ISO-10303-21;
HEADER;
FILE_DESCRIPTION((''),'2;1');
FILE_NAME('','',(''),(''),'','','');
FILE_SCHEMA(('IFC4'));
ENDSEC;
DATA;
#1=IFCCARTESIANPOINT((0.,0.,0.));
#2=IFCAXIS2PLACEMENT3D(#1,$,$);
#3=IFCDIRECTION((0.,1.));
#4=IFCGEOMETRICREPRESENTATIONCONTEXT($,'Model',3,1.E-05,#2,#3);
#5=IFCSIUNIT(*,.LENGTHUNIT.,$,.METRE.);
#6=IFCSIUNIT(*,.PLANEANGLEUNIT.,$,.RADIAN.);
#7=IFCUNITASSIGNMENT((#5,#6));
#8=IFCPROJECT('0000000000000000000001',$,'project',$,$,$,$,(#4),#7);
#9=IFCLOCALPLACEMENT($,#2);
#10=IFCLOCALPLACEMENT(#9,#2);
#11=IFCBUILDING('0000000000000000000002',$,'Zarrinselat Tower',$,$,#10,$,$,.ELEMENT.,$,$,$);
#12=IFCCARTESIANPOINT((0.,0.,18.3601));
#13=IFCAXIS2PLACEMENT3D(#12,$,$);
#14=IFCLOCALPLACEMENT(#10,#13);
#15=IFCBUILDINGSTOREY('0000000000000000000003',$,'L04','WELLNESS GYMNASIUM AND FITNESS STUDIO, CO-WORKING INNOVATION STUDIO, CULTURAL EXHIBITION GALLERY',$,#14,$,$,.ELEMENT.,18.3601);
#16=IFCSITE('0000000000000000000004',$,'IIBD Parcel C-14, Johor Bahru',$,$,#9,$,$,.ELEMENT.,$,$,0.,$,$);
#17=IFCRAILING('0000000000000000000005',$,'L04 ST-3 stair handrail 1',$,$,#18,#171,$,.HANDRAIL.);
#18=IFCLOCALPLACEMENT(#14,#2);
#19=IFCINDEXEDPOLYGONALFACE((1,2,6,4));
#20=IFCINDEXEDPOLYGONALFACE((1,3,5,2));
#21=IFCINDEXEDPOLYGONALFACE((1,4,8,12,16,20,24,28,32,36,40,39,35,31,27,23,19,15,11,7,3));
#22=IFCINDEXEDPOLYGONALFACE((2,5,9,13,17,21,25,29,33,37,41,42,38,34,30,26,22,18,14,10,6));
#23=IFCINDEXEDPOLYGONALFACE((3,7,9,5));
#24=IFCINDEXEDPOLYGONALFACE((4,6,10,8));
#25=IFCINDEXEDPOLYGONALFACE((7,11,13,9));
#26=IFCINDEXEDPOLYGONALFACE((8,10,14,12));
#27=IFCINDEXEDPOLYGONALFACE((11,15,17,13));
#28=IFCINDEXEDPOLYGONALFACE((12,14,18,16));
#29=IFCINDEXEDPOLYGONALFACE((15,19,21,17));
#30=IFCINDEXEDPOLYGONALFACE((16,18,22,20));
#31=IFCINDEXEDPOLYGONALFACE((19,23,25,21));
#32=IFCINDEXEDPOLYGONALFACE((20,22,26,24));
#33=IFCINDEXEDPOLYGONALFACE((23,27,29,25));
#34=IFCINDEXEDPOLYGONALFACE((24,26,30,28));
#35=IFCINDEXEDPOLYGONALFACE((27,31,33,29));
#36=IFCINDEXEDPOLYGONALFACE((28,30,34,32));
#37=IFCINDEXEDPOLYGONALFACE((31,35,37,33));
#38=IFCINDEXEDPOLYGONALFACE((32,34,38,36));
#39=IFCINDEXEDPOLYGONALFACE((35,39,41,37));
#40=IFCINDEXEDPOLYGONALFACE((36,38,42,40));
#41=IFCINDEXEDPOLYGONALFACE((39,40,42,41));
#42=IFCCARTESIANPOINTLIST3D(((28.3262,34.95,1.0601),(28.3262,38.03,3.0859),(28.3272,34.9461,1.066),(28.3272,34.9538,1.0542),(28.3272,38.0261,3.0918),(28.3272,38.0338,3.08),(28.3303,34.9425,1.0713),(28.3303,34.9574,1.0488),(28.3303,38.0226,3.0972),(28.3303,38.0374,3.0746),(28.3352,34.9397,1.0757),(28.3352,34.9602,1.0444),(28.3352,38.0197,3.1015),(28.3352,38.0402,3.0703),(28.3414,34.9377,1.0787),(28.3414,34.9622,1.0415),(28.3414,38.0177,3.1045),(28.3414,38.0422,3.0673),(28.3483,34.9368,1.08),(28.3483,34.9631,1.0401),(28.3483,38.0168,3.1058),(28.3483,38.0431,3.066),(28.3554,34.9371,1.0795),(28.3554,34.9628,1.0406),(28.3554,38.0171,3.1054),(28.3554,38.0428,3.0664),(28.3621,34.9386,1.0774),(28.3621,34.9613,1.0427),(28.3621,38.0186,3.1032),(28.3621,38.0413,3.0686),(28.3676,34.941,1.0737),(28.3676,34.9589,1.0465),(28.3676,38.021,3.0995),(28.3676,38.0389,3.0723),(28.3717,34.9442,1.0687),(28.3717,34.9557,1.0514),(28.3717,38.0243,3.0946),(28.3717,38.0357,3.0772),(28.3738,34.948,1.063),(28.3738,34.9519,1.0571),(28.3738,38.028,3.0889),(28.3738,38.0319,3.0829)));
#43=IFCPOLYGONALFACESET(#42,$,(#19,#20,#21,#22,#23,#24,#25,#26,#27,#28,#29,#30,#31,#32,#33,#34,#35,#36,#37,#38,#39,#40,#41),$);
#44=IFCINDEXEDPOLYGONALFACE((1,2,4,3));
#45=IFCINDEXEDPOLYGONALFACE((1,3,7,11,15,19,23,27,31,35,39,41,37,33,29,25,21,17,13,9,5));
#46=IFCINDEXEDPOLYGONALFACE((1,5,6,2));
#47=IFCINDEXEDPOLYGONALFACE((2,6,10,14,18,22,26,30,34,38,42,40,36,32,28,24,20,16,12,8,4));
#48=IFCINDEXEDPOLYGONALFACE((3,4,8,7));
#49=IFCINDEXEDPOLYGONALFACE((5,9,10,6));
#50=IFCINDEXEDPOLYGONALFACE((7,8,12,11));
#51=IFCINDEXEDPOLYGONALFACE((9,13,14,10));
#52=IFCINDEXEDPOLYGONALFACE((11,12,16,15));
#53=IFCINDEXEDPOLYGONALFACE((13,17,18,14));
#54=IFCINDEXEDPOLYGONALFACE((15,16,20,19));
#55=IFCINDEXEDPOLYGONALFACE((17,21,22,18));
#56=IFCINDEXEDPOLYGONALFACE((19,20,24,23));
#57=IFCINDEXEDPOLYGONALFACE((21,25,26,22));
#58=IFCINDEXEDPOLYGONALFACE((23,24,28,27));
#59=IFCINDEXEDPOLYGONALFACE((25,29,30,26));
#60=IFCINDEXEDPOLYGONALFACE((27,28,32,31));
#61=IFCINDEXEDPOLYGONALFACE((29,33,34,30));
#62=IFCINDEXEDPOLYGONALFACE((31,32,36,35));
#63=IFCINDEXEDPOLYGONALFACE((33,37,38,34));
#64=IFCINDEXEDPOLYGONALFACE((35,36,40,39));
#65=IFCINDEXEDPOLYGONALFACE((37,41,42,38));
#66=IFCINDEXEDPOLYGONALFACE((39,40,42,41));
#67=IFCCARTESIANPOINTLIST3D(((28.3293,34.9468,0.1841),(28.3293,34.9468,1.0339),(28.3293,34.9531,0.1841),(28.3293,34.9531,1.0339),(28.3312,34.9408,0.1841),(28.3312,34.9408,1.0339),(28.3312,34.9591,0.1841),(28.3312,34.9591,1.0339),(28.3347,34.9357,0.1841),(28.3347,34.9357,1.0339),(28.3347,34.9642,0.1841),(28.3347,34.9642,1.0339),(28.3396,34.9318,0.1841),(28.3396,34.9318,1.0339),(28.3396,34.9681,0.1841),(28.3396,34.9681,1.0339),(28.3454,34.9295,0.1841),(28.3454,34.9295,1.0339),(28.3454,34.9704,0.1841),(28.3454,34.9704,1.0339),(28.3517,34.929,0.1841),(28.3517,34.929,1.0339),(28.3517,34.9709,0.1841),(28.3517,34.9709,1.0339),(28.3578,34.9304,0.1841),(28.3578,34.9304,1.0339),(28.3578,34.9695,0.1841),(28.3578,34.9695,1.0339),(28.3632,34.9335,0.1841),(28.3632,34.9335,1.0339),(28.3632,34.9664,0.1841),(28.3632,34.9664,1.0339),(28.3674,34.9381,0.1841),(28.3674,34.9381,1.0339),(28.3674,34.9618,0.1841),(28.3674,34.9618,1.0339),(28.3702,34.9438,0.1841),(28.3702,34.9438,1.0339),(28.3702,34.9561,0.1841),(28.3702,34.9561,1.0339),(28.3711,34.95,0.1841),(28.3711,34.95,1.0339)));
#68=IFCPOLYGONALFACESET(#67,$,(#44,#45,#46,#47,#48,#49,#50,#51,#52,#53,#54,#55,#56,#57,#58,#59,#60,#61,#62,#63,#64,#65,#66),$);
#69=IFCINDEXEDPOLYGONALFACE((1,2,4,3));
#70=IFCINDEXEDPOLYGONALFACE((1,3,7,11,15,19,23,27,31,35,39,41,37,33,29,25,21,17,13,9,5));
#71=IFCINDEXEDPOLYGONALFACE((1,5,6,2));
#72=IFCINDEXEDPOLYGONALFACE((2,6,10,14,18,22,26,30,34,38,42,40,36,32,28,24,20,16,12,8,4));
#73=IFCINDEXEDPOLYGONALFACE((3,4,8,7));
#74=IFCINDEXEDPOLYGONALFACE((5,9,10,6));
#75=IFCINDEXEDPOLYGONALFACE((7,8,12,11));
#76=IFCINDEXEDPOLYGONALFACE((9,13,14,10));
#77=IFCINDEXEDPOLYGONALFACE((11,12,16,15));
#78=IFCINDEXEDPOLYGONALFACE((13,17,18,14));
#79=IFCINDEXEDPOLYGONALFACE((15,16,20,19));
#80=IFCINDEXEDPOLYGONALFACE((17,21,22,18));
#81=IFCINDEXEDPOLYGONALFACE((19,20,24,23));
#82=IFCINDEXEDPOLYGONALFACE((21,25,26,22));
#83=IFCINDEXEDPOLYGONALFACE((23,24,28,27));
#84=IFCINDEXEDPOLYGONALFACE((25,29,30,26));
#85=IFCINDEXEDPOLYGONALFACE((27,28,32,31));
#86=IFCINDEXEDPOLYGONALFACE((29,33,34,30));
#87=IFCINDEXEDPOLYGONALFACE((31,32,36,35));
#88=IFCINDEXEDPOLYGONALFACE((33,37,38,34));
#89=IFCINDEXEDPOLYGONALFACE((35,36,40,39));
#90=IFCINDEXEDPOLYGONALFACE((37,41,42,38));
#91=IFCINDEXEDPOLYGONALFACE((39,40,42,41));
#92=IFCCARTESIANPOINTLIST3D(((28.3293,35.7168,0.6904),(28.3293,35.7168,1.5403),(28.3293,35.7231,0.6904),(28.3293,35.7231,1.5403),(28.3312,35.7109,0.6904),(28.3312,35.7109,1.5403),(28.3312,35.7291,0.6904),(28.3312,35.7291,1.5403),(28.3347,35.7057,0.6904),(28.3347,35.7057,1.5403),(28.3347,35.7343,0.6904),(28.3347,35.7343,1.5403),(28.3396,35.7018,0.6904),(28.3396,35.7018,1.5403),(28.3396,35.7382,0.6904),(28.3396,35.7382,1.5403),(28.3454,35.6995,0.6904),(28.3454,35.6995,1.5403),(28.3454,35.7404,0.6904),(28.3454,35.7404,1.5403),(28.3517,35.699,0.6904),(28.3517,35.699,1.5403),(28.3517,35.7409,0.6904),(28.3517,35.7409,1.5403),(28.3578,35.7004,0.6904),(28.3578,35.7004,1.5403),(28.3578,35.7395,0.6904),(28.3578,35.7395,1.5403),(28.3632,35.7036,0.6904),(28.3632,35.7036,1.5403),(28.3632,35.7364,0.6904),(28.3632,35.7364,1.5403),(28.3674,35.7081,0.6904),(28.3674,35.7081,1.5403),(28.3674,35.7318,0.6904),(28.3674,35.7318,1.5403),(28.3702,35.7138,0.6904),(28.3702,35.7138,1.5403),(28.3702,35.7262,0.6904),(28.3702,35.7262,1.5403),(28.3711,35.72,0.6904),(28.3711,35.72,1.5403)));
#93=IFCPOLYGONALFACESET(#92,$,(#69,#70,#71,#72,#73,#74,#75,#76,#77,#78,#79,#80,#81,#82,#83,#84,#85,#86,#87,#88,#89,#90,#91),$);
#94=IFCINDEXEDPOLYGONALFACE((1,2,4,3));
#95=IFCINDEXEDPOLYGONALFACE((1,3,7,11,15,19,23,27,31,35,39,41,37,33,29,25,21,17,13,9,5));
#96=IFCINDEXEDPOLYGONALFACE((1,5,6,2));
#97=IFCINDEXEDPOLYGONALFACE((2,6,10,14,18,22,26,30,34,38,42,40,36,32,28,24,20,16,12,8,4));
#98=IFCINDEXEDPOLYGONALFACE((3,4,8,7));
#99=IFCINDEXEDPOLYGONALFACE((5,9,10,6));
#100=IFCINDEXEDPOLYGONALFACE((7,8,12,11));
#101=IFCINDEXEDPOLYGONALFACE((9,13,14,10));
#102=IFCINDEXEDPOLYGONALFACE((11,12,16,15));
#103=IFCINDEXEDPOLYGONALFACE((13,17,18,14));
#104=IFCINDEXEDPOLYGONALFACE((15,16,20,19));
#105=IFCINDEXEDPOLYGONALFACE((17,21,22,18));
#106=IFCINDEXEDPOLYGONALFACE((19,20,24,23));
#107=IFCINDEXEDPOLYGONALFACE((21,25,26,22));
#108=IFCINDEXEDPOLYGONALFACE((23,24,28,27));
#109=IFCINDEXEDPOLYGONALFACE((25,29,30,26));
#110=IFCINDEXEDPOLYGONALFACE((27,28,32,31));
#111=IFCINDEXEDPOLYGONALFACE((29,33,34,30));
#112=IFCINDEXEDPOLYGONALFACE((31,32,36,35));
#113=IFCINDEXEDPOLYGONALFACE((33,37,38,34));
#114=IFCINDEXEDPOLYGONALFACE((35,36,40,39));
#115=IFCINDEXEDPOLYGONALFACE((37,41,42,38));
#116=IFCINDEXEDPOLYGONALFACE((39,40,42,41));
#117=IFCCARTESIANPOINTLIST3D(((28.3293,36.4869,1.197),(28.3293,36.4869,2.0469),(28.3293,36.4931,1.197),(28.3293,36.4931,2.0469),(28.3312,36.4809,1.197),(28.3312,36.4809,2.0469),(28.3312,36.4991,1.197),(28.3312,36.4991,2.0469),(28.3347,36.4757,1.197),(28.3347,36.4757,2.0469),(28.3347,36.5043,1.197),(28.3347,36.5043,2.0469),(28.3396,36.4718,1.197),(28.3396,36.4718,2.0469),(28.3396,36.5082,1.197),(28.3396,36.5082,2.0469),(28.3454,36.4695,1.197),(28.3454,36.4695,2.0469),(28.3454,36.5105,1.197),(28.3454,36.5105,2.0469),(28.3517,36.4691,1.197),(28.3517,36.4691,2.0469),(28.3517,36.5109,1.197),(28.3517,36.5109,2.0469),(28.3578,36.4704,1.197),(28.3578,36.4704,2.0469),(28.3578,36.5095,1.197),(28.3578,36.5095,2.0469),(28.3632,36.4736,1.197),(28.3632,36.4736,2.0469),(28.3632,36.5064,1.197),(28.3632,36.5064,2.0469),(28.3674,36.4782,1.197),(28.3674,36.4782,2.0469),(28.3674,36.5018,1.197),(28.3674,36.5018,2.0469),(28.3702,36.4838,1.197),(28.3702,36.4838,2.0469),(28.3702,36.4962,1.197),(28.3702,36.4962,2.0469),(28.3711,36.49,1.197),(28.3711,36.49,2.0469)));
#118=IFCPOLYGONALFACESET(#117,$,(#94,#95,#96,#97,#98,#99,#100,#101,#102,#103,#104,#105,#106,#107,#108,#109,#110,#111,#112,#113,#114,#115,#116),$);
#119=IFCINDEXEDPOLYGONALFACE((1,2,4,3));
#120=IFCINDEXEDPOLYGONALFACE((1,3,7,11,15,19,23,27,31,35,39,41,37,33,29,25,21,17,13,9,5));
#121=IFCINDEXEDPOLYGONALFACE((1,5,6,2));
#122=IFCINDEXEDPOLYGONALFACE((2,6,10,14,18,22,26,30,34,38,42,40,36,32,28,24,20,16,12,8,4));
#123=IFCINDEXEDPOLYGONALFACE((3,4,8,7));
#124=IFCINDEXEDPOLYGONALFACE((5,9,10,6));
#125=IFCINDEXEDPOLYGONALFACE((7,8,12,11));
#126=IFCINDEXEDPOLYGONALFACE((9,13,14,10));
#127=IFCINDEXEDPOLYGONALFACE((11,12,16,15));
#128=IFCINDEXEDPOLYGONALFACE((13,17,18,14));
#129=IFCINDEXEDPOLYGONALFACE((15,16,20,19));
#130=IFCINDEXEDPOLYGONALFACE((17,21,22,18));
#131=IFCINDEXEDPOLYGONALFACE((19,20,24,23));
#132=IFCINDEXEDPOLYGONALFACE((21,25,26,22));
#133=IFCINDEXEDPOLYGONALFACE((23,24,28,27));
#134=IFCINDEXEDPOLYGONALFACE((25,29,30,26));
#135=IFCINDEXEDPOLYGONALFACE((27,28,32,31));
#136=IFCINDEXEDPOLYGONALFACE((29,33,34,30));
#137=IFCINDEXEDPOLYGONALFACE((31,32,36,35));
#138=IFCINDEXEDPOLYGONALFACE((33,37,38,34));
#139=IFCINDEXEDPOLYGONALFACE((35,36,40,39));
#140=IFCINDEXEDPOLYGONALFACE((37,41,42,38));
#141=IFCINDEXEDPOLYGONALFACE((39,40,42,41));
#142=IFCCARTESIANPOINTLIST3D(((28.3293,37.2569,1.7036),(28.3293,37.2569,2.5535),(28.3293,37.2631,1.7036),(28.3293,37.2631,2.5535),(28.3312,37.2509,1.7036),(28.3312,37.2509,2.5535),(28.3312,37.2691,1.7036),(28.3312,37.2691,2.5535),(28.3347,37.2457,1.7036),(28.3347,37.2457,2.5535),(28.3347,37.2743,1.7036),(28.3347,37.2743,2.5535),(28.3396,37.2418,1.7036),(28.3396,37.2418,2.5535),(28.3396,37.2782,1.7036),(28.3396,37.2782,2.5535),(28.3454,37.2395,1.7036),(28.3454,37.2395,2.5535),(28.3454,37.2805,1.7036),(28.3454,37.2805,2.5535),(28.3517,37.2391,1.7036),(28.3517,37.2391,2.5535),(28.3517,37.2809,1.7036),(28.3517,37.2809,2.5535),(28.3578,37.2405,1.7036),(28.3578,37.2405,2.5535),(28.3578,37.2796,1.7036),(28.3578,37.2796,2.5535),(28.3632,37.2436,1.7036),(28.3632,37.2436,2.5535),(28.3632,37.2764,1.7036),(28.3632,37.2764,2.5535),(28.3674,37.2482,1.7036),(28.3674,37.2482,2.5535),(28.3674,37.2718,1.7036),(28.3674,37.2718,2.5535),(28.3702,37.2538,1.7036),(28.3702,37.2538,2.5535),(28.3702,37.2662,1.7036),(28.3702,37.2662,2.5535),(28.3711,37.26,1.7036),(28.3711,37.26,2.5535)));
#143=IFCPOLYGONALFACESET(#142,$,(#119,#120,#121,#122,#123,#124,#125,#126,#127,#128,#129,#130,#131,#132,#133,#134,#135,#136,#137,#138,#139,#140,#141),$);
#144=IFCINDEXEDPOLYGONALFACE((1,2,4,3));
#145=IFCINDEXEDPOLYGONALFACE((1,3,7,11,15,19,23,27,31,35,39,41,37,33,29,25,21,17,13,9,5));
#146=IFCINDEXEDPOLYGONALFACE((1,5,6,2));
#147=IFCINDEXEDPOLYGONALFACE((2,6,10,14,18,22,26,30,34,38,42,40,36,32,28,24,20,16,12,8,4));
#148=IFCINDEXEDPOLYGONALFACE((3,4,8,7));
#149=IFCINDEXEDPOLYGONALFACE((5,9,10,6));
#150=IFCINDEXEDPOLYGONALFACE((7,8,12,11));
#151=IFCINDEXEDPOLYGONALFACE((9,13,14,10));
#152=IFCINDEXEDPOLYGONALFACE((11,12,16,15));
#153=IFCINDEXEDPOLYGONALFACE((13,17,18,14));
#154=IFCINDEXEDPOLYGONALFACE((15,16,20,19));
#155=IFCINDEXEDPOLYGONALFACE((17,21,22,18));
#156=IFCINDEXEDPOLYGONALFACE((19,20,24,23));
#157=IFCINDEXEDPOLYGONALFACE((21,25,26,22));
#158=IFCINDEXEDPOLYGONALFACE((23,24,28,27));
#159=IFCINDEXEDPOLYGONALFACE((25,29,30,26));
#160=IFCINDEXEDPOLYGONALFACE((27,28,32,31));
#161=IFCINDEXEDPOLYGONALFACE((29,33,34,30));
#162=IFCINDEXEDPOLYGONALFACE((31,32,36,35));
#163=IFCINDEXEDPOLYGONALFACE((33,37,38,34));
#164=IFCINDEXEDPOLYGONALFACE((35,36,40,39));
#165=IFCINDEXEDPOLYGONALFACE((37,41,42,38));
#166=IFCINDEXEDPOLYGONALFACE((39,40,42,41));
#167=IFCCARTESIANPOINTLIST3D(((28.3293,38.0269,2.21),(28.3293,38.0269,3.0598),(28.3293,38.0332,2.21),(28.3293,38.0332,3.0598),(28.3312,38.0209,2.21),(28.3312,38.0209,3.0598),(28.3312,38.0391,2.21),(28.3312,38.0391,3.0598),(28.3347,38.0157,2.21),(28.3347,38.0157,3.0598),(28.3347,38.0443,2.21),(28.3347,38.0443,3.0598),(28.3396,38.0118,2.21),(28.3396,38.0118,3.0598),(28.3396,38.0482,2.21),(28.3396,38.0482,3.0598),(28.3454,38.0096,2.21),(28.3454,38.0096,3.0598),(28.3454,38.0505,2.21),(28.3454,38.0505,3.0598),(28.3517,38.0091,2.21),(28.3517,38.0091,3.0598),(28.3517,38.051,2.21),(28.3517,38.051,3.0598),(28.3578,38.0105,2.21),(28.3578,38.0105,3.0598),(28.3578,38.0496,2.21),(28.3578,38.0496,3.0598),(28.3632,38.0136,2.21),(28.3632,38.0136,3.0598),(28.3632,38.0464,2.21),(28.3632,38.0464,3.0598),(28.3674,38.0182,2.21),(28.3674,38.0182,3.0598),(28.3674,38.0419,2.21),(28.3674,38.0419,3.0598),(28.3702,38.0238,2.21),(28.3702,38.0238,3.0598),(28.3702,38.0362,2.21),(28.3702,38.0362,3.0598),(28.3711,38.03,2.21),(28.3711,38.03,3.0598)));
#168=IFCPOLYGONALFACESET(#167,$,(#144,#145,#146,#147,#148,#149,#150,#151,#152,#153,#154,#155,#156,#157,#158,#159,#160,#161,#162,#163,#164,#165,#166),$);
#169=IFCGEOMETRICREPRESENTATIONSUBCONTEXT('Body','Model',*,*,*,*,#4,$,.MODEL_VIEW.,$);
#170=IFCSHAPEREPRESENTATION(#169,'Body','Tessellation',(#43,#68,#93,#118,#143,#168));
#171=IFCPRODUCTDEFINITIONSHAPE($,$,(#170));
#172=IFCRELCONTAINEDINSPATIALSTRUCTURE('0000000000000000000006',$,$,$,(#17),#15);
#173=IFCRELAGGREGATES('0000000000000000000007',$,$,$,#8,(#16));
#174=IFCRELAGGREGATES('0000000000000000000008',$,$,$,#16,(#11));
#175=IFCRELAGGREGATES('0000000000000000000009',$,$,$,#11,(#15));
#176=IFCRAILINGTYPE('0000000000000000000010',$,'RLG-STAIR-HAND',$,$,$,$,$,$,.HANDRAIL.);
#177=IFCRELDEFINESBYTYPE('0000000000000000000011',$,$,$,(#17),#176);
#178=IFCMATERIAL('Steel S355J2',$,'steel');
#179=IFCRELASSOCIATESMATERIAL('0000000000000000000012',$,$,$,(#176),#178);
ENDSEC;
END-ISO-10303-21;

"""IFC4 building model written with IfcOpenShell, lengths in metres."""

from ifc_helpers import new_model, si_unit, direction, frame, origin, origin_2d, place, context, subcontext, project, spatial, circle, extrude, material, type_object, element, save


model = new_model("IFC4")

# Units and contexts
model_context = context("Model", 3, precision=1e-05, world=origin(), true_north=direction((0.0, 1.0)))
body_context = subcontext(model_context, "Body", "Model", "MODEL_VIEW")
ifc_project = project(units=[si_unit("LENGTHUNIT", "METRE"), si_unit("PLANEANGLEUNIT", "RADIAN")], contexts=[model_context])

# Site, building, storey
site_placement = place(None, origin())
site = spatial("IfcSite", under=ifc_project, at=site_placement, Name="IIBD Parcel C-14, Johor Bahru", CompositionType="ELEMENT", RefElevation=0.0)
building_placement = place(site_placement, origin())
building = spatial("IfcBuilding", under=site, at=building_placement, Name="Zarrinselat Tower", CompositionType="ELEMENT")
storey_placement = place(building_placement, frame((0.0, 0.0, 18.3601)))
storey = spatial("IfcBuildingStorey", under=building, at=storey_placement, Name="L04", Description="WELLNESS GYMNASIUM AND FITNESS STUDIO, CO-WORKING INNOVATION STUDIO, CULTURAL EXHIBITION GALLERY", CompositionType="ELEMENT", Elevation=18.3601)

# Railing
ifc_material_1 = material(Name="Steel S355J2", Category="steel")
railing_type_1 = type_object("IfcRailingType", Name="RLG-STAIR-HAND", PredefinedType="HANDRAIL", material=ifc_material_1)
railing_1_placement = place(storey_placement, frame((28.3501, 34.95, 0.1841)))
element("IfcRailing", 1, at=railing_1_placement, inside=storey, type_object=railing_type_1, Name="L04 ST-3 stair handrail 1", PredefinedType="HANDRAIL", context=body_context, shape_type="SweptSolid", body=[
    extrude(circle(Radius=0.0239, at=origin_2d()), frame((0.0, 0.0, 0.876), z_axis=(0.0, 0.835478, 0.549524), x_axis=(-1.0, 0.0, 0.0)), (0.0, 0.0, 1.0), 3.6865),
    extrude(circle(Radius=0.021, at=origin_2d()), origin(), (0.0, 0.0, 1.0), 0.8499),
    extrude(circle(Radius=0.021, at=origin_2d()), frame((0.0, 0.77, 0.5063)), (0.0, 0.0, 1.0), 0.8499),
    extrude(circle(Radius=0.021, at=origin_2d()), frame((0.0, 1.54, 1.0129)), (0.0, 0.0, 1.0), 0.8499),
    extrude(circle(Radius=0.021, at=origin_2d()), frame((0.0, 2.3101, 1.5195)), (0.0, 0.0, 1.0), 0.8499),
    extrude(circle(Radius=0.021, at=origin_2d()), frame((0.0, 3.0801, 2.0259)), (0.0, 0.0, 1.0), 0.8499),
])

save(model, "model.ifc")
